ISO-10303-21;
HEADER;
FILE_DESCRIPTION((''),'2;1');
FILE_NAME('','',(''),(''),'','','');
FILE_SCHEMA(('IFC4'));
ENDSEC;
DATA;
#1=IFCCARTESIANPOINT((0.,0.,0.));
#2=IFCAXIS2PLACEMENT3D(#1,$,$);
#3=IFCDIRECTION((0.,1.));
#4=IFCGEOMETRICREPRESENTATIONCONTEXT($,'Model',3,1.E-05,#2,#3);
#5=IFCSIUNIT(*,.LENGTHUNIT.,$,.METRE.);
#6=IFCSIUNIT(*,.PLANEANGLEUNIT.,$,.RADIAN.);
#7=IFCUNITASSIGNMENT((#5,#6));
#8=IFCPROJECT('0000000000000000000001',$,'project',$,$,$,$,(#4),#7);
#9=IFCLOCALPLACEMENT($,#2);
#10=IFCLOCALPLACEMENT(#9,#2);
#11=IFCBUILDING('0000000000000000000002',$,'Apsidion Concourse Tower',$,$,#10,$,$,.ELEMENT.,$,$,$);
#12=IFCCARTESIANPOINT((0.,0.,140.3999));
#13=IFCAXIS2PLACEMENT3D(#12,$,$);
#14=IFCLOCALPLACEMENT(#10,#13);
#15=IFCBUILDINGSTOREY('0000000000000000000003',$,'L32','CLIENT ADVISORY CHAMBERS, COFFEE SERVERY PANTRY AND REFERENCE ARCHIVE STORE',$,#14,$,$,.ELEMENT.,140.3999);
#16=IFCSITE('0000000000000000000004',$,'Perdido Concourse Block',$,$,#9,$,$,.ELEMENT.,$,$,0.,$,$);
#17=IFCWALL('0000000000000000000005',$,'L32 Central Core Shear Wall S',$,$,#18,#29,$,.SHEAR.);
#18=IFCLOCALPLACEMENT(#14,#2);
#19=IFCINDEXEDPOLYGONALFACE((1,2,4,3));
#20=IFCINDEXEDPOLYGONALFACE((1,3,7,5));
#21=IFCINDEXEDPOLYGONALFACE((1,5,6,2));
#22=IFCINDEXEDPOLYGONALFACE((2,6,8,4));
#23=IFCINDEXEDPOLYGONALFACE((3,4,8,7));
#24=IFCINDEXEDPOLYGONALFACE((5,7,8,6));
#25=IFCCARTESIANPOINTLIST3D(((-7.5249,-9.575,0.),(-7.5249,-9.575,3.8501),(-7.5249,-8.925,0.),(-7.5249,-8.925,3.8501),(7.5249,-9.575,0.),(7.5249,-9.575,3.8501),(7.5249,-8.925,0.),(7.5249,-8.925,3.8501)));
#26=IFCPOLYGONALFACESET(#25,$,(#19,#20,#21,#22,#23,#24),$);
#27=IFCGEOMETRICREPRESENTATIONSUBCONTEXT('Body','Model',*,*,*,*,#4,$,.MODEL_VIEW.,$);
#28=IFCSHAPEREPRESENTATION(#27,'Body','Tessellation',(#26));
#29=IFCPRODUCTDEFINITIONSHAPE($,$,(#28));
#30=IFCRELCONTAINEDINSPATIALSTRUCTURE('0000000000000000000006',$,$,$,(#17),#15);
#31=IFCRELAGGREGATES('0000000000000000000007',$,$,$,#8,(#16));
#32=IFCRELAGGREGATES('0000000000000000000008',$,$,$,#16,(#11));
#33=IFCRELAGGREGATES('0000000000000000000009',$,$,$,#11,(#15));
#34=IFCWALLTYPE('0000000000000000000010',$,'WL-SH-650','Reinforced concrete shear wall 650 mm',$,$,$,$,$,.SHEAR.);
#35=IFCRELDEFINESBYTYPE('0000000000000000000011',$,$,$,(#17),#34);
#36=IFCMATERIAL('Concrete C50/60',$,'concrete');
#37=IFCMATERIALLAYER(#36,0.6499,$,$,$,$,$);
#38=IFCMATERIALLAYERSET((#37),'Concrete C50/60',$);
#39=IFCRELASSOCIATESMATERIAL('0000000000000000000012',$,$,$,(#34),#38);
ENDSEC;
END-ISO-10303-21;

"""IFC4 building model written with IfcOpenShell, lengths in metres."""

from ifc_helpers import new_model, si_unit, direction, frame, frame_2d, origin, place, context, subcontext, project, spatial, rectangle, extrude, material, layer, layer_set, type_object, element, save


model = new_model("IFC4")

# Units and contexts
model_context = context("Model", 3, precision=1e-05, world=origin(), true_north=direction((0.0, 1.0)))
body_context = subcontext(model_context, "Body", "Model", "MODEL_VIEW")
ifc_project = project(units=[si_unit("LENGTHUNIT", "METRE"), si_unit("PLANEANGLEUNIT", "RADIAN")], contexts=[model_context])

# Site, building, storey
site_placement = place(None, origin())
site = spatial("IfcSite", under=ifc_project, at=site_placement, Name="Perdido Concourse Block", CompositionType="ELEMENT", RefElevation=0.0)
building_placement = place(site_placement, origin())
building = spatial("IfcBuilding", under=site, at=building_placement, Name="Apsidion Concourse Tower", CompositionType="ELEMENT")
storey_placement = place(building_placement, frame((0.0, 0.0, 140.3999)))
storey = spatial("IfcBuildingStorey", under=building, at=storey_placement, Name="L32", Description="CLIENT ADVISORY CHAMBERS, COFFEE SERVERY PANTRY AND REFERENCE ARCHIVE STORE", CompositionType="ELEMENT", Elevation=140.3999)

# Shared definitions
ifc_material_1 = material(Name="Concrete C50/60", Category="concrete")

# Shared definitions
ifc_layer_1 = layer(ifc_material_1, 0.6499)
ifc_layer_set_1 = layer_set([ifc_layer_1], Name="Concrete C50/60")
wall_type_1 = type_object("IfcWallType", Name="WL-SH-650", Description="Reinforced concrete shear wall 650 mm", PredefinedType="SHEAR", material=ifc_layer_set_1)

# Wall
wall_1_placement = place(storey_placement, frame((-7.5249, -9.25, 0.0), z_axis=(0.0, 0.0, 1.0), x_axis=(1.0, 0.0, 0.0)))
element("IfcWall", 1, at=wall_1_placement, inside=storey, type_object=wall_type_1, Name="L32 Central Core Shear Wall S", PredefinedType="SHEAR", context=body_context, shape_type="SweptSolid", body=[
    extrude(rectangle(XDim=15.0498, YDim=0.6499, at=frame_2d((7.5249, 0.0))), origin(), (0.0, 0.0, 1.0), 3.8501),
])

save(model, "model.ifc")
